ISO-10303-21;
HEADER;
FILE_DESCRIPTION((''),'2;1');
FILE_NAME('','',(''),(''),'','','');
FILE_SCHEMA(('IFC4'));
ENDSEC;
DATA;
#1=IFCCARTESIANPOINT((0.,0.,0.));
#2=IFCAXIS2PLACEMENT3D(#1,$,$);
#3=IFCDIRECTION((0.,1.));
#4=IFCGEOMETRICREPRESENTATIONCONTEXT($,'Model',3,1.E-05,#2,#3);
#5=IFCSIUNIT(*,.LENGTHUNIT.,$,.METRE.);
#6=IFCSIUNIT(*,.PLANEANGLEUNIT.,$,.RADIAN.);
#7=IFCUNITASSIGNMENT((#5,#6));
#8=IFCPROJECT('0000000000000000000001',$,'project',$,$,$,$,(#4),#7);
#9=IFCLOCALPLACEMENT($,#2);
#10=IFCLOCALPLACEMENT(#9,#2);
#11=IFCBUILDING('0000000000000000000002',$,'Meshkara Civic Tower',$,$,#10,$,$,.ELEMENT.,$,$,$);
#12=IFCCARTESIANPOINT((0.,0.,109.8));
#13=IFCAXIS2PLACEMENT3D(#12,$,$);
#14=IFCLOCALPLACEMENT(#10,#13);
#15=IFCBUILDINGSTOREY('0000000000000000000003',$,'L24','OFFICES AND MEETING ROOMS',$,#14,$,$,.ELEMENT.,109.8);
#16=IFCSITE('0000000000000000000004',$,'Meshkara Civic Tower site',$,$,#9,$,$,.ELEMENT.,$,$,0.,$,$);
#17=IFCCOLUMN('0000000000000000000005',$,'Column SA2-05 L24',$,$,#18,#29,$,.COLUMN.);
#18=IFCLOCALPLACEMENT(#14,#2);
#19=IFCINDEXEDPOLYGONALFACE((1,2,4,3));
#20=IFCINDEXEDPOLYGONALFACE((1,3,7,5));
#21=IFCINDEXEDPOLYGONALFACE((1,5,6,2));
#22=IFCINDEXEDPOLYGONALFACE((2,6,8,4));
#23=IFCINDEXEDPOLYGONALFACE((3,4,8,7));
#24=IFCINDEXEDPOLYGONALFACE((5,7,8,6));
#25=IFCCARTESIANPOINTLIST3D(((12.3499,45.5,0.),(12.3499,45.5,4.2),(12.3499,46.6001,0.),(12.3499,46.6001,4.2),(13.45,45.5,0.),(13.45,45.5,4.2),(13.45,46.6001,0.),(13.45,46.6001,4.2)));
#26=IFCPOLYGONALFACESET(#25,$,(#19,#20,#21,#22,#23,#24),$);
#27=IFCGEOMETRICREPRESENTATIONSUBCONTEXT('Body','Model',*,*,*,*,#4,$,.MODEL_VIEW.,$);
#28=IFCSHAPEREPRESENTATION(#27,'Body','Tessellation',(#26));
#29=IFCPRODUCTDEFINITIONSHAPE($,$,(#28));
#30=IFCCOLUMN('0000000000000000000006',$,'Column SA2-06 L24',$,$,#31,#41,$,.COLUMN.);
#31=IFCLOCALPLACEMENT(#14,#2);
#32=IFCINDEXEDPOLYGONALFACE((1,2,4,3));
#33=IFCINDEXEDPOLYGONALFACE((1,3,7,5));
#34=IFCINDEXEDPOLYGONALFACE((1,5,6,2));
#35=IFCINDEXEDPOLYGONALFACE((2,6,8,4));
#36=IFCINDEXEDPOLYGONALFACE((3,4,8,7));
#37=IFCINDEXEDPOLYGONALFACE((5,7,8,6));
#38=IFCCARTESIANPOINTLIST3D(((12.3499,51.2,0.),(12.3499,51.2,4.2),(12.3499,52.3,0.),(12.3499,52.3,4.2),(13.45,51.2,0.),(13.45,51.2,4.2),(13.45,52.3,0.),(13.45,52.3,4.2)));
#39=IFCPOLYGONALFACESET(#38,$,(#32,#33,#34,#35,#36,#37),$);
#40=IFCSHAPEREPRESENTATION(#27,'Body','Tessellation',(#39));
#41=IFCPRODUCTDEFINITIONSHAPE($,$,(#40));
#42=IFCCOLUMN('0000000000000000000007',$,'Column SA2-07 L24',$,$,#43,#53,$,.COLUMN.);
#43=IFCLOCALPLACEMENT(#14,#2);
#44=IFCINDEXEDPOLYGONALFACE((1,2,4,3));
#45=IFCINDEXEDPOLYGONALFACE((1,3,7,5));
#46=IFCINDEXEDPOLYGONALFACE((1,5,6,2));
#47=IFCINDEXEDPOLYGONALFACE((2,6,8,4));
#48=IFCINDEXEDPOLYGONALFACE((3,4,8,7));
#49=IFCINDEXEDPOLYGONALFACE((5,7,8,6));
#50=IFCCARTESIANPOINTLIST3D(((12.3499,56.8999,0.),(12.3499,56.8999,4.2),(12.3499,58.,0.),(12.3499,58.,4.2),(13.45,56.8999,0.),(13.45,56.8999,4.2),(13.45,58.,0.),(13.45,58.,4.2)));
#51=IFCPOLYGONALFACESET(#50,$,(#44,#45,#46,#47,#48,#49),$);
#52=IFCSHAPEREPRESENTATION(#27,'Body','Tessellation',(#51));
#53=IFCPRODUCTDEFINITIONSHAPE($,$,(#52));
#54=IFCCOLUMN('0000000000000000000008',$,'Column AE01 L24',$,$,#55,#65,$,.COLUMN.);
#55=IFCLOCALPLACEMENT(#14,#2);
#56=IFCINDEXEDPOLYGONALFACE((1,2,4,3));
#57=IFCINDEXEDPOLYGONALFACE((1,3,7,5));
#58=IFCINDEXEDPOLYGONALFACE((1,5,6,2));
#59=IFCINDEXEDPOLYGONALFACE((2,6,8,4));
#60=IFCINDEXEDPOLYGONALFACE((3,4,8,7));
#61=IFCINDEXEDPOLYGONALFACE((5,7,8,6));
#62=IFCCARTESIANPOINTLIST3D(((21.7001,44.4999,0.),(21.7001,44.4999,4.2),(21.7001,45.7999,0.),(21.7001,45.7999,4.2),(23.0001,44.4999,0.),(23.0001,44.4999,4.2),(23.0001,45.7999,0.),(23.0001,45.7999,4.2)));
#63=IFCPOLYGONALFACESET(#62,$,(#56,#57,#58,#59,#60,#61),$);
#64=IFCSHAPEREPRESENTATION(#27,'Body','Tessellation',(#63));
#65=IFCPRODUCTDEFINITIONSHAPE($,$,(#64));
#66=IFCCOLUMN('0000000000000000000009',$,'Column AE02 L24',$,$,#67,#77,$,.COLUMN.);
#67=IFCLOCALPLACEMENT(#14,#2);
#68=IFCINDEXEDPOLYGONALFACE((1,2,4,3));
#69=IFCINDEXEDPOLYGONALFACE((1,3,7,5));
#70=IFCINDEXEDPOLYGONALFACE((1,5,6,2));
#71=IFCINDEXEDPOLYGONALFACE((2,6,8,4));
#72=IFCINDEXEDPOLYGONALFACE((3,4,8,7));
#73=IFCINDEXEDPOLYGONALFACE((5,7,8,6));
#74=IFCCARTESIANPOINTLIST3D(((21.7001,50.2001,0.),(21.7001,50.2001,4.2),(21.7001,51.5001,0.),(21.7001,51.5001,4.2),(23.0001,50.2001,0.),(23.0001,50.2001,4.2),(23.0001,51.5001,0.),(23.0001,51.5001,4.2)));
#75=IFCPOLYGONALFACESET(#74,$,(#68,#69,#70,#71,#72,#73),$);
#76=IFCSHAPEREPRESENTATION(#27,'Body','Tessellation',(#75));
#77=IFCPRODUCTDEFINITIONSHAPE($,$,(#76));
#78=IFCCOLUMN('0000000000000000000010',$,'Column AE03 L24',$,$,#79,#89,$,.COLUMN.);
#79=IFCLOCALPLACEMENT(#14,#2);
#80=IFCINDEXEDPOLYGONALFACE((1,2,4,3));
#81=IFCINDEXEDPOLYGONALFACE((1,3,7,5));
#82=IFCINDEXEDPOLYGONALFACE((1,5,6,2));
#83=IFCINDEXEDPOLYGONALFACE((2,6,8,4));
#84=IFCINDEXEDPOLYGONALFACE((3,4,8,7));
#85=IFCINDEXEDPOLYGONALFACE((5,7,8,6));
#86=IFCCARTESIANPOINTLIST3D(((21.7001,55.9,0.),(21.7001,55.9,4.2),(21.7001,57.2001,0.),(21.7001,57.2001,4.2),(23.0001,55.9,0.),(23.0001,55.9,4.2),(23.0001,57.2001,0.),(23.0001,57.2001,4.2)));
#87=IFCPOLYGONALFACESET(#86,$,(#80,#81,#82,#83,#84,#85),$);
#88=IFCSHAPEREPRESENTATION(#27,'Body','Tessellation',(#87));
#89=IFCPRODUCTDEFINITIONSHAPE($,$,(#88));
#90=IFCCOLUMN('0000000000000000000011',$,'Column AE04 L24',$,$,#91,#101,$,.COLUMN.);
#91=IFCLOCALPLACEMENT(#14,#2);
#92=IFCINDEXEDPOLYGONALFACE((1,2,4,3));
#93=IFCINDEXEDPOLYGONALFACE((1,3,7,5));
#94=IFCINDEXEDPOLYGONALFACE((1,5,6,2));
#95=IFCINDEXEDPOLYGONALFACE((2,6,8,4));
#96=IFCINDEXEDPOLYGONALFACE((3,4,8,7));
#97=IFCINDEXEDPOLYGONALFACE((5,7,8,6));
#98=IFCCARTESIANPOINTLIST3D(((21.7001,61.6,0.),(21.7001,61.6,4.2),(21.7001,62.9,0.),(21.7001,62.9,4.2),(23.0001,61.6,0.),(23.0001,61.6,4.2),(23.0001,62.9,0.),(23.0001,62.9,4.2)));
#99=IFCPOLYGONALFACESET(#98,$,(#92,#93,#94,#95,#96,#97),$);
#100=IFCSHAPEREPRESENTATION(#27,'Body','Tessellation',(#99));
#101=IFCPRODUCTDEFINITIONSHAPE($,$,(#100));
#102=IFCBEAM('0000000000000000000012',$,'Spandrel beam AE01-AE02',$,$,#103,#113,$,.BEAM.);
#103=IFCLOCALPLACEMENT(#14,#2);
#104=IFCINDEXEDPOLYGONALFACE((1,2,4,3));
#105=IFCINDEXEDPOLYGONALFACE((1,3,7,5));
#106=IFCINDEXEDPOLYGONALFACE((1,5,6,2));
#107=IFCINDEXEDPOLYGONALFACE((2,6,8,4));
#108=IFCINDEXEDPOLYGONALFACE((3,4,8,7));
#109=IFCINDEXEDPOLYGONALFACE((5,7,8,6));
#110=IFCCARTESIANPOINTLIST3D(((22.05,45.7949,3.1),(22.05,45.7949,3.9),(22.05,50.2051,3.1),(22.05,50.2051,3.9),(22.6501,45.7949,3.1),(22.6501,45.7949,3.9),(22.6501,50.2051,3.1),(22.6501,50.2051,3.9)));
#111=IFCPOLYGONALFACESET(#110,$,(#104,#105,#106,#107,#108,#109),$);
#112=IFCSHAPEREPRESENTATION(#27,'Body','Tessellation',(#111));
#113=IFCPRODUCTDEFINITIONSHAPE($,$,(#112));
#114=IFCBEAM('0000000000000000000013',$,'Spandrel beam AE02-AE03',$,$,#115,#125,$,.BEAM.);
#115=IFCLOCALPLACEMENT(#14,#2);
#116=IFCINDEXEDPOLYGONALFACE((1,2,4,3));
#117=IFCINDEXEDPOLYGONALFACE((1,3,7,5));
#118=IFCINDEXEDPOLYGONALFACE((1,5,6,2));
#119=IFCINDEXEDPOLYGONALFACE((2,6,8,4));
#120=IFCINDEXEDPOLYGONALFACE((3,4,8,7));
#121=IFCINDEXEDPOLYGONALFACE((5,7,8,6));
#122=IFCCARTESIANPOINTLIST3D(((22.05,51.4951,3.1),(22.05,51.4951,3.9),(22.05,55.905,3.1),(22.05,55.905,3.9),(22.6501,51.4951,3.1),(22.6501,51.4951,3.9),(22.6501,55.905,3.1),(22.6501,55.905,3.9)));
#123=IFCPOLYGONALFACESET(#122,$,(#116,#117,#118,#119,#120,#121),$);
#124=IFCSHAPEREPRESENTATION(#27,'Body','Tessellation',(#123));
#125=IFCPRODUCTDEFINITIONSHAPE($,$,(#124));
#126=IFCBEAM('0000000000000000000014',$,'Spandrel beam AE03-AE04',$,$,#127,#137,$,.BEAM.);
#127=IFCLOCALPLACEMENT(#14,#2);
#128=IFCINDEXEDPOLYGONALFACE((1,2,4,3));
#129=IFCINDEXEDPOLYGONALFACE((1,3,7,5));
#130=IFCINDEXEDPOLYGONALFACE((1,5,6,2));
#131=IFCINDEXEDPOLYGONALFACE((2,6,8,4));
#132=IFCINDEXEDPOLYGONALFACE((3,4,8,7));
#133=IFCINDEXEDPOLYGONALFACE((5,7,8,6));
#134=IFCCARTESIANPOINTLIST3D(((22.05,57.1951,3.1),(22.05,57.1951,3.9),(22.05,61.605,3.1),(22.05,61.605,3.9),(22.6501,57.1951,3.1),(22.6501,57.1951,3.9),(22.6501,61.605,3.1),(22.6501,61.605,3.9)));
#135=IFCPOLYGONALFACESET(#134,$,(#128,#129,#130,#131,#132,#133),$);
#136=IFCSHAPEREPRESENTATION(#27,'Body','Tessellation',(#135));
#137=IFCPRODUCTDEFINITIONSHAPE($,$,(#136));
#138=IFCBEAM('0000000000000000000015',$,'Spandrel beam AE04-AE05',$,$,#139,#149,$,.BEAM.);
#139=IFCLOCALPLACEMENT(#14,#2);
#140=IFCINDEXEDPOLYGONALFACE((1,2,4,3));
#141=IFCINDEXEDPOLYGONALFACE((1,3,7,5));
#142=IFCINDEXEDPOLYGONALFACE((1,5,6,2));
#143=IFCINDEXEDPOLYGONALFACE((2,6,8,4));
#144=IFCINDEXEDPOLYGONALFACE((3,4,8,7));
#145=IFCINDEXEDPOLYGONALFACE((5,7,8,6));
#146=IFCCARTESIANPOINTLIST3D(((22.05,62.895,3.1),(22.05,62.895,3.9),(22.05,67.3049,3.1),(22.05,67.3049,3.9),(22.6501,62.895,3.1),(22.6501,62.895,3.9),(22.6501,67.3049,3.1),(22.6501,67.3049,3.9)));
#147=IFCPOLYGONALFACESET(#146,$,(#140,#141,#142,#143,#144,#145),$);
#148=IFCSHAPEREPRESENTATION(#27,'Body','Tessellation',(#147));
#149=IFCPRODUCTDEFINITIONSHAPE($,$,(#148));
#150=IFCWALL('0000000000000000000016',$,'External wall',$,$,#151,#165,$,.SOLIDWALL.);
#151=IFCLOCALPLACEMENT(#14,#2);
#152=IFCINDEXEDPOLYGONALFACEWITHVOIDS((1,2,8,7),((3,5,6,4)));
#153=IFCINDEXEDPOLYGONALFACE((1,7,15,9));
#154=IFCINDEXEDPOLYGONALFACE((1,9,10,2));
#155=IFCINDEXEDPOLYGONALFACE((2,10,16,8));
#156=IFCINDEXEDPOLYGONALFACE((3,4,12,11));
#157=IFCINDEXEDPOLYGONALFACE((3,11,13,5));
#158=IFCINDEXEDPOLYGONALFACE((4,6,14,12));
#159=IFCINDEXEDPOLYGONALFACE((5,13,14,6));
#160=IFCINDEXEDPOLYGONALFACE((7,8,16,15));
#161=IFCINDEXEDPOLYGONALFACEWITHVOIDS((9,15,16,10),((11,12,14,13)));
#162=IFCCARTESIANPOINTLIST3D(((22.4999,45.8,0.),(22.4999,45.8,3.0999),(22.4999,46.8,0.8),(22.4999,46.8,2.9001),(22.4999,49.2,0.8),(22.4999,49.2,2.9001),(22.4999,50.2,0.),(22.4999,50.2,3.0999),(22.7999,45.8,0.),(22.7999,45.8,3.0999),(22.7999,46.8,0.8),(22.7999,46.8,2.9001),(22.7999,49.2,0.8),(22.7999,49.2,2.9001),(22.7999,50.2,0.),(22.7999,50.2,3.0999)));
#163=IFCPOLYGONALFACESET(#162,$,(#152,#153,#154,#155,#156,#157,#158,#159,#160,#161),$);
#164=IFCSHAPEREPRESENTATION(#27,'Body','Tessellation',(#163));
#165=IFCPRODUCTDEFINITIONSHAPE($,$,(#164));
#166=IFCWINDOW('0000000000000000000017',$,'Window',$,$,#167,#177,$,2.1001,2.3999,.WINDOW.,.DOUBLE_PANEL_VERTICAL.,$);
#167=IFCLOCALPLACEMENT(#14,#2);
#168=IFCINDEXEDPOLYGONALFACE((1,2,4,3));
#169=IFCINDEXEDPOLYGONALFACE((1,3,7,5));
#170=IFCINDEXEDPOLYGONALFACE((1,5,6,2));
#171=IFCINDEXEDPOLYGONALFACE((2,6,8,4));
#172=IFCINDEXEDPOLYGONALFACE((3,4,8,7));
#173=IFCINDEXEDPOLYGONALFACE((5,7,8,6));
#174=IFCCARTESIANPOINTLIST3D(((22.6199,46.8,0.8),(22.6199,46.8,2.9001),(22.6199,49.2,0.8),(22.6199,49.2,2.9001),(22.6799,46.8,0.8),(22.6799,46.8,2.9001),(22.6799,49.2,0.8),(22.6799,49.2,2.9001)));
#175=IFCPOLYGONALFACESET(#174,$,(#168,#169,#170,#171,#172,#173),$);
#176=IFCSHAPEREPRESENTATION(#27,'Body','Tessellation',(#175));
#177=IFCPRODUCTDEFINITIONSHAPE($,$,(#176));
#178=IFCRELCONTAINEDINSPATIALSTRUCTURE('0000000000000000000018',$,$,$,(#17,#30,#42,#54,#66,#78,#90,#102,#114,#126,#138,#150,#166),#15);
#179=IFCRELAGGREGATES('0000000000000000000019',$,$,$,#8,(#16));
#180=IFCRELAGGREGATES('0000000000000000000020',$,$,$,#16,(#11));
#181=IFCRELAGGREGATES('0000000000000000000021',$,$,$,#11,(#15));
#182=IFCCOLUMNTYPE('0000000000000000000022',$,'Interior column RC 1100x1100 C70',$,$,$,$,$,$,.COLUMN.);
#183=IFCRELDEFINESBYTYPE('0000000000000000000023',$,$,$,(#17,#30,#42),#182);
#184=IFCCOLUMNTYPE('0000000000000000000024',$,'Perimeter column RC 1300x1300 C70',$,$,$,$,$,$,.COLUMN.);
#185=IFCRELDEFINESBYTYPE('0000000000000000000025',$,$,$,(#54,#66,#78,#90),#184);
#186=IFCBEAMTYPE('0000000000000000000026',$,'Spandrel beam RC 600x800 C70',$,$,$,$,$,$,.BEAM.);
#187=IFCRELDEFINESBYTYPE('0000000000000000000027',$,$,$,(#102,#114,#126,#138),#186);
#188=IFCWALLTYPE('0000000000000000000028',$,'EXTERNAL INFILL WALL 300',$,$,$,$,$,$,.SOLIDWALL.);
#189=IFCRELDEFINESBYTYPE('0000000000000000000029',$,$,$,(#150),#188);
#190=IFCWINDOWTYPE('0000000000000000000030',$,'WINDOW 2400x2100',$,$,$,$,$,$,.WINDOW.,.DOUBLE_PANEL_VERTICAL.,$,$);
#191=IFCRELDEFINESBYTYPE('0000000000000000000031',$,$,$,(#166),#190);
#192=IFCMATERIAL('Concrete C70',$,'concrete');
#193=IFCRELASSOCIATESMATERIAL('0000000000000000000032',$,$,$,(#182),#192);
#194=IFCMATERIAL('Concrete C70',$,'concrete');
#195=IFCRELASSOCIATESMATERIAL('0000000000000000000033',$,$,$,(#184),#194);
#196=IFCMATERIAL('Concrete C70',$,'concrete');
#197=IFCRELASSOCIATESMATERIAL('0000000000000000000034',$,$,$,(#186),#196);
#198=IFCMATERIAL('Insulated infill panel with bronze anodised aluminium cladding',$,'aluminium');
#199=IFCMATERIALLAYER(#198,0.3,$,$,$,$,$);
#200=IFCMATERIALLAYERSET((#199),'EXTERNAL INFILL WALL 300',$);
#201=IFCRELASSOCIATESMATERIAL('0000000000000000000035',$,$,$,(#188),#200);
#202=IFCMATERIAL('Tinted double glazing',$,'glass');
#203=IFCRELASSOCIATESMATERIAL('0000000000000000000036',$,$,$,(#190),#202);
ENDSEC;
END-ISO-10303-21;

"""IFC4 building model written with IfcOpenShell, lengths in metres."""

from ifc_helpers import new_model, si_unit, direction, frame, frame_2d, origin, origin_2d, place, context, subcontext, project, spatial, rectangle, extrude, material, layer, layer_set, material_profile, profile_set, type_object, element, fill, save


model = new_model("IFC4")

# Units and contexts
model_context = context("Model", 3, precision=1e-05, world=origin(), true_north=direction((0.0, 1.0)))
body_context = subcontext(model_context, "Body", "Model", "MODEL_VIEW")
ifc_project = project(units=[si_unit("LENGTHUNIT", "METRE"), si_unit("PLANEANGLEUNIT", "RADIAN")], contexts=[model_context])

# Site, building, storey
site_placement = place(None, origin())
site = spatial("IfcSite", under=ifc_project, at=site_placement, Name="Meshkara Civic Tower site", CompositionType="ELEMENT", RefElevation=0.0)
building_placement = place(site_placement, origin())
building = spatial("IfcBuilding", under=site, at=building_placement, Name="Meshkara Civic Tower", CompositionType="ELEMENT")
storey_placement = place(building_placement, frame((0.0, 0.0, 109.8)))
storey = spatial("IfcBuildingStorey", under=building, at=storey_placement, Name="L24", Description="OFFICES AND MEETING ROOMS", CompositionType="ELEMENT", Elevation=109.8)

# Columns
ifc_material_1 = material(Name="Concrete C70", Category="concrete")
ifc_material_profile_1 = material_profile(ifc_material_1, rectangle(XDim=1.1001, YDim=1.1001, at=origin_2d()))
ifc_profile_set_1 = profile_set([ifc_material_profile_1], Name="Concrete C70")
column_type_1 = type_object("IfcColumnType", Name="Interior column RC 1100x1100 C70", PredefinedType="COLUMN", material=ifc_profile_set_1)
for number, where, z_axis, x_axis, name in (
    (1, (12.8999, 46.05, 0.0), (0.0, 0.0, 1.0), (1.0, 0.0, 0.0), "Column SA2-05 L24"),
    (2, (12.8999, 51.75, 0.0), (0.0, 0.0, 1.0), (1.0, 0.0, 0.0), "Column SA2-06 L24"),
    (3, (12.8999, 57.45, 0.0), (0.0, 0.0, 1.0), (1.0, 0.0, 0.0), "Column SA2-07 L24"),
):
    element("IfcColumn", number, at=place(storey_placement, frame(where, z_axis=z_axis, x_axis=x_axis)), inside=storey, type_object=column_type_1, Name=name, PredefinedType="COLUMN", context=body_context, shape_type="SweptSolid", body=[
        extrude(rectangle(XDim=1.1001, YDim=1.1001, at=origin_2d()), origin(), (0.0, 0.0, 1.0), 4.2),
    ])
ifc_material_2 = material(Name="Concrete C70", Category="concrete")
ifc_material_profile_2 = material_profile(ifc_material_2, rectangle(XDim=1.3, YDim=1.3, at=origin_2d()))
ifc_profile_set_2 = profile_set([ifc_material_profile_2], Name="Concrete C70")
column_type_2 = type_object("IfcColumnType", Name="Perimeter column RC 1300x1300 C70", PredefinedType="COLUMN", material=ifc_profile_set_2)
for number, where, z_axis, x_axis, name in (
    (4, (22.3501, 45.1499, 0.0), (0.0, 0.0, 1.0), (1.0, 0.0, 0.0), "Column AE01 L24"),
    (5, (22.3501, 50.8501, 0.0), (0.0, 0.0, 1.0), (1.0, 0.0, 0.0), "Column AE02 L24"),
    (6, (22.3501, 56.55, 0.0), (0.0, 0.0, 1.0), (1.0, 0.0, 0.0), "Column AE03 L24"),
    (7, (22.3501, 62.25, 0.0), (0.0, 0.0, 1.0), (1.0, 0.0, 0.0), "Column AE04 L24"),
):
    element("IfcColumn", number, at=place(storey_placement, frame(where, z_axis=z_axis, x_axis=x_axis)), inside=storey, type_object=column_type_2, Name=name, PredefinedType="COLUMN", context=body_context, shape_type="SweptSolid", body=[
        extrude(rectangle(XDim=1.3, YDim=1.3, at=origin_2d()), origin(), (0.0, 0.0, 1.0), 4.2),
    ])

# Beams
ifc_material_3 = material(Name="Concrete C70", Category="concrete")
ifc_material_profile_3 = material_profile(ifc_material_3, rectangle(XDim=0.6001, YDim=0.8, at=origin_2d()))
ifc_profile_set_3 = profile_set([ifc_material_profile_3], Name="Concrete C70")
beam_type = type_object("IfcBeamType", Name="Spandrel beam RC 600x800 C70", PredefinedType="BEAM", material=ifc_profile_set_3)
beam_placement = place(storey_placement, frame((22.3501, 45.7949, 3.5), z_axis=(0.0, 1.0, 0.0), x_axis=(-1.0, 0.0, 0.0)))
element("IfcBeam", 8, at=beam_placement, inside=storey, type_object=beam_type, Name="Spandrel beam AE01-AE02", PredefinedType="BEAM", context=body_context, shape_type="SweptSolid", body=[
    extrude(rectangle(XDim=0.6001, YDim=0.8, at=origin_2d()), origin(), (0.0, 0.0, 1.0), 4.4102),
])
for number, where, z_axis, x_axis, name in (
    (9, (22.3501, 51.4951, 3.5), (0.0, 1.0, 0.0), (-1.0, 0.0, 0.0), "Spandrel beam AE02-AE03"),
    (10, (22.3501, 57.1951, 3.5), (0.0, 1.0, 0.0), (-1.0, 0.0, 0.0), "Spandrel beam AE03-AE04"),
    (11, (22.3501, 62.895, 3.5), (0.0, 1.0, 0.0), (-1.0, 0.0, 0.0), "Spandrel beam AE04-AE05"),
):
    element("IfcBeam", number, at=place(storey_placement, frame(where, z_axis=z_axis, x_axis=x_axis)), inside=storey, type_object=beam_type, Name=name, PredefinedType="BEAM", context=body_context, shape_type="SweptSolid", body=[
        extrude(rectangle(XDim=0.6001, YDim=0.8, at=origin_2d()), origin(), (0.0, 0.0, 1.0), 4.4099),
    ])

# Wall, opening, window
ifc_material_4 = material(Name="Insulated infill panel with bronze anodised aluminium cladding", Category="aluminium")
ifc_layer_1 = layer(ifc_material_4, 0.3)
ifc_layer_set_1 = layer_set([ifc_layer_1], Name="EXTERNAL INFILL WALL 300")
wall_type_1 = type_object("IfcWallType", Name="EXTERNAL INFILL WALL 300", PredefinedType="SOLIDWALL", material=ifc_layer_set_1)
wall_1_placement = place(storey_placement, frame((22.6499, 45.8, 0.0), z_axis=(0.0, 0.0, 1.0), x_axis=(0.0, 1.0, 0.0)))
wall_1 = element("IfcWall", 12, at=wall_1_placement, inside=storey, type_object=wall_type_1, Name="External wall", PredefinedType="SOLIDWALL", context=body_context, shape_type="SweptSolid", body=[
    extrude(rectangle(XDim=4.3999, YDim=0.3, at=frame_2d((2.2, 0.0))), origin(), (0.0, 0.0, 1.0), 3.0999),
])
opening_1_placement = place(wall_1_placement, frame((1.0, 0.0, 0.8)))
opening_1 = element("IfcOpeningElement", 13, at=opening_1_placement, cuts=wall_1, PredefinedType="OPENING", context=body_context, shape_type="SweptSolid", body=[
    extrude(rectangle(XDim=2.3999, YDim=2.1001, at=frame_2d((1.2, 1.05))), frame((0.0, 0.1599, 0.0), z_axis=(0.0, -1.0, 0.0), x_axis=(1.0, 0.0, 0.0)), (0.0, 0.0, 1.0), 0.3201),
])
ifc_material_5 = material(Name="Tinted double glazing", Category="glass")
window_type = type_object("IfcWindowType", Name="WINDOW 2400x2100", PartitioningType="DOUBLE_PANEL_VERTICAL", PredefinedType="WINDOW", material=ifc_material_5)
window_1_placement = place(opening_1_placement, origin())
window_1 = element("IfcWindow", 14, at=window_1_placement, inside=storey, type_object=window_type, Name="Window", OverallHeight=2.1001, OverallWidth=2.3999, PartitioningType="DOUBLE_PANEL_VERTICAL", PredefinedType="WINDOW", context=body_context, shape_type="SweptSolid", body=[
    extrude(rectangle(XDim=2.3999, YDim=2.1001, at=frame_2d((1.2, 1.05))), frame((0.0, 0.03, 0.0), z_axis=(0.0, -1.0, 0.0), x_axis=(1.0, 0.0, 0.0)), (0.0, 0.0, 1.0), 0.0601),
])
fill(opening_1, window_1)

save(model, "model.ifc")
